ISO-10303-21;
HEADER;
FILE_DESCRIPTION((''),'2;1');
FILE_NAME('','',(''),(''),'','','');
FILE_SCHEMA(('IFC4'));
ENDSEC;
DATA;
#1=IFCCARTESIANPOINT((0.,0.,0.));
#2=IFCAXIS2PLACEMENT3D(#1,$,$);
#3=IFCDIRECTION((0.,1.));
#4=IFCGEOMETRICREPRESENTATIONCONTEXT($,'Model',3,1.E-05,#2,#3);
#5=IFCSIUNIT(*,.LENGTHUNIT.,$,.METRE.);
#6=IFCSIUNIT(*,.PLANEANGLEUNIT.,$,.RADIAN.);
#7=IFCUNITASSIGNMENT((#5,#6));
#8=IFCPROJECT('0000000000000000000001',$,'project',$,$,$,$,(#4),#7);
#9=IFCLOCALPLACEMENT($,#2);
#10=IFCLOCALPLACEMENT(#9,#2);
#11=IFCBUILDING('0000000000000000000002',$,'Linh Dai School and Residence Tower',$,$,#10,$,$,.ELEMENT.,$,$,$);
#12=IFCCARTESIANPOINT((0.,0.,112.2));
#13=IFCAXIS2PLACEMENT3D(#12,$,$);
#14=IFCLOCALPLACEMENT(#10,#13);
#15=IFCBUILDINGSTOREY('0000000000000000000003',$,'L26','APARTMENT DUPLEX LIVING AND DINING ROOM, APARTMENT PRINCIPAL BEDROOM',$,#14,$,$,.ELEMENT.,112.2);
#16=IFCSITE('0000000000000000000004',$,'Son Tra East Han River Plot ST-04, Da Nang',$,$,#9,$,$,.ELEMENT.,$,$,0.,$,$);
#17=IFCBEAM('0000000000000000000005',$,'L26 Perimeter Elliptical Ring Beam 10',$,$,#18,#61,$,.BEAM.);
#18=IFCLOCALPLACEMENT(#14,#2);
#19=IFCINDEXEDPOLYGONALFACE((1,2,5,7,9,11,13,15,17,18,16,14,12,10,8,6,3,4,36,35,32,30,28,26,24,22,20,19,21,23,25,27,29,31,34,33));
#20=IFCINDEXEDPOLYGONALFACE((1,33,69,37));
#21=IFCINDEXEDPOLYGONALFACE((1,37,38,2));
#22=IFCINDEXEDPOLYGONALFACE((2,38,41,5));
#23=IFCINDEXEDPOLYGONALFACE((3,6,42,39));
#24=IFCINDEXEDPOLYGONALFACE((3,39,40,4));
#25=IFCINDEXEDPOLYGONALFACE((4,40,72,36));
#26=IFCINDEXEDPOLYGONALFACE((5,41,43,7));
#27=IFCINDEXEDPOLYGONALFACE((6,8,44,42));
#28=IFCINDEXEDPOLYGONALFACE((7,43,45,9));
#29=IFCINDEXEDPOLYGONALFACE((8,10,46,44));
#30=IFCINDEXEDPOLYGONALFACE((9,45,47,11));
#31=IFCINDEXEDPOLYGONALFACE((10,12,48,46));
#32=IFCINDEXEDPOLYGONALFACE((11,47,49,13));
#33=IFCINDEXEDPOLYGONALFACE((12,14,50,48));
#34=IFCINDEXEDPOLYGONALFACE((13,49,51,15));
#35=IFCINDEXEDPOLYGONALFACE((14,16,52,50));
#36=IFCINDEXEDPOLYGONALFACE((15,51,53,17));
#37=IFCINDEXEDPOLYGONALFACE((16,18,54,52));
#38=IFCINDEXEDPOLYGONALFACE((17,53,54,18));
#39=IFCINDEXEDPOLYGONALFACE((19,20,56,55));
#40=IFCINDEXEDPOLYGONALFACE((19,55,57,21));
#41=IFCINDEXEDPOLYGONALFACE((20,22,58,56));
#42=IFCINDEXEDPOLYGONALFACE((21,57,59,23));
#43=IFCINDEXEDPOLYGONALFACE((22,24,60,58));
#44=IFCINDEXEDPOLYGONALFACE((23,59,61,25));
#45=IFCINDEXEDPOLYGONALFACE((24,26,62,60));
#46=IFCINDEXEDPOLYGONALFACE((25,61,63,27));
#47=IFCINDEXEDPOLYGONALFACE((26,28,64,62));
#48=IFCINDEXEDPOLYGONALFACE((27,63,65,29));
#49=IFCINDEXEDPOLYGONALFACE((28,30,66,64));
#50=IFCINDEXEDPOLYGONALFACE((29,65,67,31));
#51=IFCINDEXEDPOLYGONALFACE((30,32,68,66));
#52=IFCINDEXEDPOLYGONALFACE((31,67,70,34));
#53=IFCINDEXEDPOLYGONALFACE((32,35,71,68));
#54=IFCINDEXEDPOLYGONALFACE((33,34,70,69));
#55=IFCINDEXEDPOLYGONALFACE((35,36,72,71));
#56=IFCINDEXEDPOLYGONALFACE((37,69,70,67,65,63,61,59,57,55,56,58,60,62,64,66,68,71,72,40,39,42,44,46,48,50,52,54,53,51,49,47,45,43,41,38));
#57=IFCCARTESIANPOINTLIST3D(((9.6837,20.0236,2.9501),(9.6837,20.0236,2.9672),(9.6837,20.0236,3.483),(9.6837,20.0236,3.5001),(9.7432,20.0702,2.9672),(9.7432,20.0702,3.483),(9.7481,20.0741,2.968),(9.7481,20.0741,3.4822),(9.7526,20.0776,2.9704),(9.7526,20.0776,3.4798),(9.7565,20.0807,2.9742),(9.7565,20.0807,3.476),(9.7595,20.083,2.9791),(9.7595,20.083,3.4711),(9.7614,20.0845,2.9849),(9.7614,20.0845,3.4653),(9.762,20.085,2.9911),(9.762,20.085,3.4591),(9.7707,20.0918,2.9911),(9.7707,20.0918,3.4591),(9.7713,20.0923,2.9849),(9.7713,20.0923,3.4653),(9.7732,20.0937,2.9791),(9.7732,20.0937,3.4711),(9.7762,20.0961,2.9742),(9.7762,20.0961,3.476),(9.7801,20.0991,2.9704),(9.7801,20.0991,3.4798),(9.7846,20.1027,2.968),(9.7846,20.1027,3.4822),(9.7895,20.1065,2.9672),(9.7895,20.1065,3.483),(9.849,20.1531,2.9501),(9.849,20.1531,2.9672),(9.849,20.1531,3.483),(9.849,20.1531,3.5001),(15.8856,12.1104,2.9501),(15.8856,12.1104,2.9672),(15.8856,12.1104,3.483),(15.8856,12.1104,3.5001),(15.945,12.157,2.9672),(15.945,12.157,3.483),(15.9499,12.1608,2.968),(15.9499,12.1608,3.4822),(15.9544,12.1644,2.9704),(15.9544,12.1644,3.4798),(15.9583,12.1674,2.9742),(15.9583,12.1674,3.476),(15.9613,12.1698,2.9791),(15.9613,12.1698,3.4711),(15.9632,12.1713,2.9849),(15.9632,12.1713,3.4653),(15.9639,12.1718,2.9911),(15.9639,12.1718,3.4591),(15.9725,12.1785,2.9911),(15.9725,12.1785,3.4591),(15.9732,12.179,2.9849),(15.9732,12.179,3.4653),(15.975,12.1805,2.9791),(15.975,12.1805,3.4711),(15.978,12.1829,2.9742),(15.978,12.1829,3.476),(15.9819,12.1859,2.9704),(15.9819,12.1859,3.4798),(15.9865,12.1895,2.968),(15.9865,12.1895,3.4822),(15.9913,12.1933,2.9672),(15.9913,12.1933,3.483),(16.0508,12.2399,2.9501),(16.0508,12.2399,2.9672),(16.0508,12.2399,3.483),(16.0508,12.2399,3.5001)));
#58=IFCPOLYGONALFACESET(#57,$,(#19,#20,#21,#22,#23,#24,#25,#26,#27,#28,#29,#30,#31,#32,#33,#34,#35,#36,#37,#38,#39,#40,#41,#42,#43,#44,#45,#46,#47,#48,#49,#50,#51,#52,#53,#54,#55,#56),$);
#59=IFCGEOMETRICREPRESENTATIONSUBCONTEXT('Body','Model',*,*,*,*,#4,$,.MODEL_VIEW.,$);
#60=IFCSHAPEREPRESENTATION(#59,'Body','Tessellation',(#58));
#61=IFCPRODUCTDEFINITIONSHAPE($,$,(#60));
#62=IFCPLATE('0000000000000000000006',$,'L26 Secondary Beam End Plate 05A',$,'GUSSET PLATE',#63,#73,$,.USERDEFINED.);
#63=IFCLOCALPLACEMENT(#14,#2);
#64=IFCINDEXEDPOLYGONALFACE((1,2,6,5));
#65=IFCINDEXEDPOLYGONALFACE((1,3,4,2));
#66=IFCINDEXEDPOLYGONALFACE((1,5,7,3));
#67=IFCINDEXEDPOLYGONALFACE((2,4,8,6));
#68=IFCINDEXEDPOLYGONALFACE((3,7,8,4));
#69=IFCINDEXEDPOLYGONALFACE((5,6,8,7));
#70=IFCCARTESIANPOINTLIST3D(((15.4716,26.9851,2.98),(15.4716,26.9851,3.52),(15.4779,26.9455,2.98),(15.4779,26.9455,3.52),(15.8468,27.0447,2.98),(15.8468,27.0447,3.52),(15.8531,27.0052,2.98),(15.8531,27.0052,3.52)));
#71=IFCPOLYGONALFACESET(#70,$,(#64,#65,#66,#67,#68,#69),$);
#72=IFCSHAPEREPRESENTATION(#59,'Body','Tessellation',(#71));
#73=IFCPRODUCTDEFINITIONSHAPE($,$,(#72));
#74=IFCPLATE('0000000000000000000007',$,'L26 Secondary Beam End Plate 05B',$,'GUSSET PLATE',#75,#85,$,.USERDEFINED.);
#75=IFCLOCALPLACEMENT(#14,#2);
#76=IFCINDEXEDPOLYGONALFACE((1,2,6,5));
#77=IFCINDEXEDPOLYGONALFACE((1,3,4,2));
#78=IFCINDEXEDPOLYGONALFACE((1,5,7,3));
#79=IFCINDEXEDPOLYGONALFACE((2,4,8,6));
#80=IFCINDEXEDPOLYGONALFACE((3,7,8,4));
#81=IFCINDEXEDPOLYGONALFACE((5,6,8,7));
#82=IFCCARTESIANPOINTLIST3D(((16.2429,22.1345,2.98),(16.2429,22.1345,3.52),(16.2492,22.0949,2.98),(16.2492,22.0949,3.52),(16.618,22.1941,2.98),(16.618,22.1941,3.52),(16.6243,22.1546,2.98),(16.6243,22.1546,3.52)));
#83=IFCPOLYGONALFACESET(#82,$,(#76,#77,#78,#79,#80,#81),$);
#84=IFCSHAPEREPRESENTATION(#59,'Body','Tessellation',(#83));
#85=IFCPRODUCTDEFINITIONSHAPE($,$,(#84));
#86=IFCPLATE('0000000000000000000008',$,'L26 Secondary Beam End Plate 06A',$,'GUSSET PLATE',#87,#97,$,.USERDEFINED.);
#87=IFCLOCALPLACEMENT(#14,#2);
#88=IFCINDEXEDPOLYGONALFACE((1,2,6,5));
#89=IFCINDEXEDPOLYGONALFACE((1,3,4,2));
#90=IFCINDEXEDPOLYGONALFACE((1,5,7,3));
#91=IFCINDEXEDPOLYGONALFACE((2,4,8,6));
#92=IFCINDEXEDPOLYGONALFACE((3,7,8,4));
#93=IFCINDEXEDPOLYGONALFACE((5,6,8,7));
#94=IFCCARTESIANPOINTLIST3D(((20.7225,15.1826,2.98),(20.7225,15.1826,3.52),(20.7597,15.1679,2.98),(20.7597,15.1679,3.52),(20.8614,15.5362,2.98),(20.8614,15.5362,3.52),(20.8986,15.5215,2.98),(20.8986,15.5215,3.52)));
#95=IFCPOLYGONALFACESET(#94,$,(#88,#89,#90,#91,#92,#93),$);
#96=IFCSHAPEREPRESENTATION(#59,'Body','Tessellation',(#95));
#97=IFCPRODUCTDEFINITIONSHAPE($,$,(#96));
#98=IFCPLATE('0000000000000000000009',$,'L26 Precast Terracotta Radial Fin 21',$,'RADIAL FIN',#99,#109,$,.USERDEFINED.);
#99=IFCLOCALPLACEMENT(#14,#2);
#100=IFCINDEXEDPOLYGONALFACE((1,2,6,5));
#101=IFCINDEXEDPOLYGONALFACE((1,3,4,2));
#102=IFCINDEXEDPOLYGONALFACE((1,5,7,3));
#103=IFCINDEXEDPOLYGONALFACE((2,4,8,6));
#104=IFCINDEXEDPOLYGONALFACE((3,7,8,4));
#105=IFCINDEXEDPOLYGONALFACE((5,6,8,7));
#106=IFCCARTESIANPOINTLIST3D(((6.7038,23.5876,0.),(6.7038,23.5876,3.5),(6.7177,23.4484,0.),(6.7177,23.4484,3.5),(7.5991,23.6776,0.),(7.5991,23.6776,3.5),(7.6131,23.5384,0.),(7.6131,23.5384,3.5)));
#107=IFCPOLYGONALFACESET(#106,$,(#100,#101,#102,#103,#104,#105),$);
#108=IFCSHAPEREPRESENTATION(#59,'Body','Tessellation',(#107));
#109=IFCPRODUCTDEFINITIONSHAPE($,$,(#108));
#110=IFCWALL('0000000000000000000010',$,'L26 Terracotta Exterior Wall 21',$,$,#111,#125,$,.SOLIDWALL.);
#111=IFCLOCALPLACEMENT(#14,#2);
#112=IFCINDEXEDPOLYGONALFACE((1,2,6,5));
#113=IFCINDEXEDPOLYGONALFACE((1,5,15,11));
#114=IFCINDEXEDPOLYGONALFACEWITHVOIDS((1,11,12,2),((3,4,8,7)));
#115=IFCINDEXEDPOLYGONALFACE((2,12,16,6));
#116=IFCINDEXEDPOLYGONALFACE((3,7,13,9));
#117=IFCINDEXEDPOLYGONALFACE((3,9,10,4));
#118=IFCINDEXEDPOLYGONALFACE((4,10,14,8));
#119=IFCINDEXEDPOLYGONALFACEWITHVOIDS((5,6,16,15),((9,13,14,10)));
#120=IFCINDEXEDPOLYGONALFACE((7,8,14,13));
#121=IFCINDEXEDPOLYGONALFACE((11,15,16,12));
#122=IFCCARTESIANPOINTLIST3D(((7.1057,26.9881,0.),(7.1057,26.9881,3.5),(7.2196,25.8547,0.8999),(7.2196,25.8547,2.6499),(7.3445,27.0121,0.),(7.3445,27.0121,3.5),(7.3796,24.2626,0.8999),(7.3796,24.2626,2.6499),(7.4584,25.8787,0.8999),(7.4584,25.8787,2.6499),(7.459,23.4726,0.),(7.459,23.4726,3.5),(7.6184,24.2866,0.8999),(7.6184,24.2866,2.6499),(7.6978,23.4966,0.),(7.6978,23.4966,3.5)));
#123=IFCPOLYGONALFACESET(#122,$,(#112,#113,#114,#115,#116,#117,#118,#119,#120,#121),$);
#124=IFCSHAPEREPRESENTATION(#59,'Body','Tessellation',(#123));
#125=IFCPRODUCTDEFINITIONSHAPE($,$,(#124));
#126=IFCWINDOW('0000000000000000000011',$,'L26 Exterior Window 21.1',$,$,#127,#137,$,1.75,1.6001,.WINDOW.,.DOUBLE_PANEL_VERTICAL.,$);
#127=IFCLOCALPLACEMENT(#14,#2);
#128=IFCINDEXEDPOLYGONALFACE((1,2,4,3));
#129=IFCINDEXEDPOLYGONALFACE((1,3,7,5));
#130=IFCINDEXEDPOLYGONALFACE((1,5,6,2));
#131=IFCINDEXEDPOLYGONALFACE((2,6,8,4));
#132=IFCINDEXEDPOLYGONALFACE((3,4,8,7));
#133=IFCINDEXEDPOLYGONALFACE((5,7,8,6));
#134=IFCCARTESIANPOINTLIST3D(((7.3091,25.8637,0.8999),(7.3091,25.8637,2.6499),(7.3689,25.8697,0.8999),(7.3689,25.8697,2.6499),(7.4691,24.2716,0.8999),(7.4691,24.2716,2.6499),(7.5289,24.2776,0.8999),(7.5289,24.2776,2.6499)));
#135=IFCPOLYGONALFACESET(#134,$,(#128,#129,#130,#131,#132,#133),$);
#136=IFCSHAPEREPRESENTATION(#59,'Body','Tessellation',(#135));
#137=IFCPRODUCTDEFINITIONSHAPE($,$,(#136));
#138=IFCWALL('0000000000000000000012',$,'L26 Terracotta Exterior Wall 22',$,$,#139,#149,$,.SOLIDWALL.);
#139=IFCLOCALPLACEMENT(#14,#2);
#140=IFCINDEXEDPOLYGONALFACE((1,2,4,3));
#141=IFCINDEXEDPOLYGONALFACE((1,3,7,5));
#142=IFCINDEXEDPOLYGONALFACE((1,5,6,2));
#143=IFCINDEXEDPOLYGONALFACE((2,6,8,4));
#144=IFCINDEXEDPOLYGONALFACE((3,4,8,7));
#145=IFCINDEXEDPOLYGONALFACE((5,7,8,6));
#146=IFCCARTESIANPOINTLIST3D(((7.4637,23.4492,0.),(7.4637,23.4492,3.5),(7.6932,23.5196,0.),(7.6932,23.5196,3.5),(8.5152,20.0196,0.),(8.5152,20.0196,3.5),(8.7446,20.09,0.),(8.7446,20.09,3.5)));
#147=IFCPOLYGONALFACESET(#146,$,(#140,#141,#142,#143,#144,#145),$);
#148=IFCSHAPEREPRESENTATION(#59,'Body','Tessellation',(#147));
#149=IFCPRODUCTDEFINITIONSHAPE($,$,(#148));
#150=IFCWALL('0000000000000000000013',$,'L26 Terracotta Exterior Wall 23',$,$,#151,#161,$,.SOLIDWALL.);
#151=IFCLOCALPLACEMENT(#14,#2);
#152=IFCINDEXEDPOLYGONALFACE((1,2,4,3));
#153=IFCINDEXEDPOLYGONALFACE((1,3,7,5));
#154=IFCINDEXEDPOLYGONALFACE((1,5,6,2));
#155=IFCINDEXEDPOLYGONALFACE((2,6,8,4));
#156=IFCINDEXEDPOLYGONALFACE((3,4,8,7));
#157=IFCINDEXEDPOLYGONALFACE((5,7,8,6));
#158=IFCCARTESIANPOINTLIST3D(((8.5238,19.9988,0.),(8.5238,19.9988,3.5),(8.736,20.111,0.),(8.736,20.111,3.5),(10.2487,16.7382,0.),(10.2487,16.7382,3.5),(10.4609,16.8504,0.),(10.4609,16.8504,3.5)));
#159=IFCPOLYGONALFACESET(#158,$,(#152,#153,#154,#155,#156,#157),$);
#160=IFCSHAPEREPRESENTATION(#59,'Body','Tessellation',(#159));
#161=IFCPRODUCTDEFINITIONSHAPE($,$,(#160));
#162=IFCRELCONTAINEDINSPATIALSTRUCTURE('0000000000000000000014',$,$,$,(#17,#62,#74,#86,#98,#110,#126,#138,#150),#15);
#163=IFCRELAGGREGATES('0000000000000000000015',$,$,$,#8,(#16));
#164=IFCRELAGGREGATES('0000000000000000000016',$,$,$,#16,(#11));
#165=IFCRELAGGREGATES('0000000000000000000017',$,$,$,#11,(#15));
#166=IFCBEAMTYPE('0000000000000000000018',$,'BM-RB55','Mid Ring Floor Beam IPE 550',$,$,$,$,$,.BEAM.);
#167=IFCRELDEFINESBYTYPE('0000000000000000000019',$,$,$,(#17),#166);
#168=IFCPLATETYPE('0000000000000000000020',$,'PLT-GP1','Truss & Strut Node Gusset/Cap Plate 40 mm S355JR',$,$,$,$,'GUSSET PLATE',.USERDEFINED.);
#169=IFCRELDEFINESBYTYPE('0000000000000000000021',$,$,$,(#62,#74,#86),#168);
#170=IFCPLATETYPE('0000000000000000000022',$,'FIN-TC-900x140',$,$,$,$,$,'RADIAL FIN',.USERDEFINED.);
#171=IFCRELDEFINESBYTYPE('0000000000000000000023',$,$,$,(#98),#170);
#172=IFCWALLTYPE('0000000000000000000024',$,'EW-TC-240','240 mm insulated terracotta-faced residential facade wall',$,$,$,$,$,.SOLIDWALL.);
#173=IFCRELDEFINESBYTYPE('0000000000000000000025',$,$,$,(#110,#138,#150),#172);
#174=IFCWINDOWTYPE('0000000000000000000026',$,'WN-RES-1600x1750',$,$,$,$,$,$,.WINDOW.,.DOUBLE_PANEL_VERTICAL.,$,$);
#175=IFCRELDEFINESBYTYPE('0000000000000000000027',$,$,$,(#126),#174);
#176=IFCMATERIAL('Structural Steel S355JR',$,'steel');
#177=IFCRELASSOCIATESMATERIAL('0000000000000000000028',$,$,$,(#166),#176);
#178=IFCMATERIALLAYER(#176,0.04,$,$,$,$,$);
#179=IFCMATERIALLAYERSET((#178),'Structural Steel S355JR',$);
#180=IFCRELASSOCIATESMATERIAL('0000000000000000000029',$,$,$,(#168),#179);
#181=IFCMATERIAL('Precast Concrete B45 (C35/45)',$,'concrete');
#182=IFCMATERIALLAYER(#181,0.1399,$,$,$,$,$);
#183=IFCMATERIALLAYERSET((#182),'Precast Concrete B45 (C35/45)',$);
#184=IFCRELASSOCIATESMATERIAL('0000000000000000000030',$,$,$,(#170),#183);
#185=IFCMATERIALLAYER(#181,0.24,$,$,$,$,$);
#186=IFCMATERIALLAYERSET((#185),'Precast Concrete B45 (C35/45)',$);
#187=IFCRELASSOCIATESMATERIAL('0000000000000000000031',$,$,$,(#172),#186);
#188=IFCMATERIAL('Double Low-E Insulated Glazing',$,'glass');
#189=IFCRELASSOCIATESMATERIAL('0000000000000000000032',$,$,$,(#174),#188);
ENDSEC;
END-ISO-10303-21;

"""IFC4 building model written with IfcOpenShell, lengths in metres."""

from ifc_helpers import new_model, si_unit, direction, frame, frame_2d, origin, origin_2d, place, context, subcontext, project, spatial, rectangle, i_section, extrude, source, transform, mapped, material, layer, layer_set, material_profile, profile_set, type_object, element, fill, save


model = new_model("IFC4")

# Units and contexts
model_context = context("Model", 3, precision=1e-05, world=origin(), true_north=direction((0.0, 1.0)))
body_context = subcontext(model_context, "Body", "Model", "MODEL_VIEW")
ifc_project = project(units=[si_unit("LENGTHUNIT", "METRE"), si_unit("PLANEANGLEUNIT", "RADIAN")], contexts=[model_context])

# Site, building, storey
site_placement = place(None, origin())
site = spatial("IfcSite", under=ifc_project, at=site_placement, Name="Son Tra East Han River Plot ST-04, Da Nang", CompositionType="ELEMENT", RefElevation=0.0)
building_placement = place(site_placement, origin())
building = spatial("IfcBuilding", under=site, at=building_placement, Name="Linh Dai School and Residence Tower", CompositionType="ELEMENT")
storey_placement = place(building_placement, frame((0.0, 0.0, 112.2)))
storey = spatial("IfcBuildingStorey", under=building, at=storey_placement, Name="L26", Description="APARTMENT DUPLEX LIVING AND DINING ROOM, APARTMENT PRINCIPAL BEDROOM", CompositionType="ELEMENT", Elevation=112.2)

# Shared definitions
ifc_material_1 = material(Name="Structural Steel S355JR", Category="steel")

# Beam
ifc_material_profile_1 = material_profile(ifc_material_1, i_section(OverallWidth=0.21, OverallDepth=0.55, WebThickness=0.011, FlangeThickness=0.0171, FilletRadius=0.0239, at=origin_2d()), Name="IPE 550")
ifc_profile_set_1 = profile_set([ifc_material_profile_1], Name="Structural Steel S355JR")
beam_type_1 = type_object("IfcBeamType", Name="BM-RB55", Description="Mid Ring Floor Beam IPE 550", PredefinedType="BEAM", material=ifc_profile_set_1)
beam_1_placement = place(storey_placement, frame((9.7664, 20.0884, 3.2251), z_axis=(0.616855, -0.787077, 0.0), x_axis=(0.787077, 0.616855, 0.0)))
element("IfcBeam", 1, at=beam_1_placement, inside=storey, type_object=beam_type_1, Name="L26 Perimeter Elliptical Ring Beam 10", PredefinedType="BEAM", context=body_context, shape_type="SweptSolid", body=[
    extrude(i_section(OverallWidth=0.21, OverallDepth=0.55, WebThickness=0.011, FlangeThickness=0.0171, FilletRadius=0.0239, at=origin_2d()), origin(), (0.0, 0.0, 1.0), 10.054),
])

# Plates
ifc_layer_1 = layer(ifc_material_1, 0.04)
ifc_layer_set_1 = layer_set([ifc_layer_1], Name="Structural Steel S355JR")
plate_type_1 = type_object("IfcPlateType", Name="PLT-GP1", Description="Truss & Strut Node Gusset/Cap Plate 40 mm S355JR", ElementType="GUSSET PLATE", PredefinedType="USERDEFINED", material=ifc_layer_set_1)
shared_shape_1 = source(origin(), body_context, "Body", "SweptSolid", [
    extrude(rectangle(XDim=0.04, YDim=0.3799, at=origin_2d()), origin(), (0.0, 0.0, 1.0), 0.54),
])
for number, where, z_axis, x_axis, name in (
    (2, (15.6624, 26.9951, 2.98), (0.0, 0.0, 1.0), (0.157025, -0.987595, 0.0), "L26 Secondary Beam End Plate 05A"),
    (3, (16.4336, 22.1445, 2.98), (0.0, 0.0, 1.0), (0.157025, -0.987595, 0.0), "L26 Secondary Beam End Plate 05B"),
    (4, (20.8105, 15.3521, 2.98), (0.0, 0.0, 1.0), (0.930752, -0.36565, 0.0), "L26 Secondary Beam End Plate 06A"),
):
    element("IfcPlate", number, at=place(storey_placement, frame(where, z_axis=z_axis, x_axis=x_axis)), inside=storey, type_object=plate_type_1, Name=name, ObjectType="GUSSET PLATE", PredefinedType="USERDEFINED", context=body_context, shape_type="MappedRepresentation", body=[
        mapped(shared_shape_1, transform((0.0, 0.0, 0.0), x_axis=(1.0, 0.0, 0.0), y_axis=(0.0, 1.0, 0.0), z_axis=(0.0, 0.0, 1.0), scale=1.0)),
    ])
ifc_material_2 = material(Name="Precast Concrete B45 (C35/45)", Category="concrete")
ifc_layer_2 = layer(ifc_material_2, 0.1399)
ifc_layer_set_2 = layer_set([ifc_layer_2], Name="Precast Concrete B45 (C35/45)")
plate_type_2 = type_object("IfcPlateType", Name="FIN-TC-900x140", ElementType="RADIAL FIN", PredefinedType="USERDEFINED", material=ifc_layer_set_2)
shared_shape_2 = source(origin(), body_context, "Body", "SweptSolid", [
    extrude(rectangle(XDim=0.8999, YDim=0.1399, at=origin_2d()), origin(), (0.0, 0.0, 1.0), 3.5),
])
plate_placement = place(storey_placement, frame((7.1584, 23.563, 0.0), z_axis=(0.0, 0.0, 1.0), x_axis=(-0.994987, -0.100007, 0.0)))
element("IfcPlate", 5, at=plate_placement, inside=storey, type_object=plate_type_2, Name="L26 Precast Terracotta Radial Fin 21", ObjectType="RADIAL FIN", PredefinedType="USERDEFINED", context=body_context, shape_type="MappedRepresentation", body=[
    mapped(shared_shape_2, transform((0.0, 0.0, 0.0), x_axis=(1.0, 0.0, 0.0), y_axis=(0.0, 1.0, 0.0), z_axis=(0.0, 0.0, 1.0), scale=1.0)),
])

# Wall, opening, window
ifc_layer_3 = layer(ifc_material_2, 0.24)
ifc_layer_set_3 = layer_set([ifc_layer_3], Name="Precast Concrete B45 (C35/45)")
wall_type_1 = type_object("IfcWallType", Name="EW-TC-240", Description="240 mm insulated terracotta-faced residential facade wall", PredefinedType="SOLIDWALL", material=ifc_layer_set_3)
wall_1_placement = place(storey_placement, frame((7.5784, 23.4846, 0.0), z_axis=(0.0, 0.0, 1.0), x_axis=(-0.099989, 0.994988, 0.0)))
wall_1 = element("IfcWall", 6, at=wall_1_placement, inside=storey, type_object=wall_type_1, Name="L26 Terracotta Exterior Wall 21", PredefinedType="SOLIDWALL", context=body_context, shape_type="SweptSolid", body=[
    extrude(rectangle(XDim=3.5332, YDim=0.24, at=frame_2d((1.7666, 0.0))), origin(), (0.0, 0.0, 1.0), 3.5),
])
opening_1_placement = place(wall_1_placement, frame((0.7939, 0.0, 0.8999)))
opening_1 = element("IfcOpeningElement", 7, at=opening_1_placement, cuts=wall_1, PredefinedType="OPENING", context=body_context, shape_type="SweptSolid", body=[
    extrude(rectangle(XDim=1.6001, YDim=1.75, at=origin_2d()), frame((0.8, 0.1299, 0.875), z_axis=(0.0, -1.0, 0.0), x_axis=(1.0, 0.0, 0.0)), (0.0, 0.0, 1.0), 0.26),
])
ifc_material_3 = material(Name="Double Low-E Insulated Glazing", Category="glass")
window_type = type_object("IfcWindowType", Name="WN-RES-1600x1750", PartitioningType="DOUBLE_PANEL_VERTICAL", PredefinedType="WINDOW", material=ifc_material_3)
shared_shape_3 = source(origin(), body_context, "Body", "SweptSolid", [
    extrude(rectangle(XDim=1.6001, YDim=1.75, at=origin_2d()), frame((0.8, 0.03, 0.875), z_axis=(0.0, -1.0, 0.0), x_axis=(1.0, 0.0, 0.0)), (0.0, 0.0, 1.0), 0.0601),
])
window_placement = place(opening_1_placement, origin())
window = element("IfcWindow", 8, at=window_placement, inside=storey, type_object=window_type, Name="L26 Exterior Window 21.1", OverallHeight=1.75, OverallWidth=1.6001, PartitioningType="DOUBLE_PANEL_VERTICAL", PredefinedType="WINDOW", context=body_context, shape_type="MappedRepresentation", body=[
    mapped(shared_shape_3, transform((0.0, 0.0, 0.0), x_axis=(1.0, 0.0, 0.0), y_axis=(0.0, 1.0, 0.0), z_axis=(0.0, 0.0, 1.0), scale=1.0)),
])
fill(opening_1, window)

# Walls
wall_2_placement = place(storey_placement, frame((8.6299, 20.0549, 0.0), z_axis=(0.0, 0.0, 1.0), x_axis=(-0.293124, 0.956074, 0.0)))
element("IfcWall", 9, at=wall_2_placement, inside=storey, type_object=wall_type_1, Name="L26 Terracotta Exterior Wall 22", PredefinedType="SOLIDWALL", context=body_context, shape_type="SweptSolid", body=[
    extrude(rectangle(XDim=3.5872, YDim=0.24, at=frame_2d((1.7935, 0.0))), origin(), (0.0, 0.0, 1.0), 3.5),
])
wall_3_placement = place(storey_placement, frame((10.3547, 16.7944, 0.0), z_axis=(0.0, 0.0, 1.0), x_axis=(-0.467614, 0.883933, 0.0)))
element("IfcWall", 10, at=wall_3_placement, inside=storey, type_object=wall_type_1, Name="L26 Terracotta Exterior Wall 23", PredefinedType="SOLIDWALL", context=body_context, shape_type="SweptSolid", body=[
    extrude(rectangle(XDim=3.6887, YDim=0.24, at=frame_2d((1.8442, 0.0))), origin(), (0.0, 0.0, 1.0), 3.5),
])

save(model, "model.ifc")
